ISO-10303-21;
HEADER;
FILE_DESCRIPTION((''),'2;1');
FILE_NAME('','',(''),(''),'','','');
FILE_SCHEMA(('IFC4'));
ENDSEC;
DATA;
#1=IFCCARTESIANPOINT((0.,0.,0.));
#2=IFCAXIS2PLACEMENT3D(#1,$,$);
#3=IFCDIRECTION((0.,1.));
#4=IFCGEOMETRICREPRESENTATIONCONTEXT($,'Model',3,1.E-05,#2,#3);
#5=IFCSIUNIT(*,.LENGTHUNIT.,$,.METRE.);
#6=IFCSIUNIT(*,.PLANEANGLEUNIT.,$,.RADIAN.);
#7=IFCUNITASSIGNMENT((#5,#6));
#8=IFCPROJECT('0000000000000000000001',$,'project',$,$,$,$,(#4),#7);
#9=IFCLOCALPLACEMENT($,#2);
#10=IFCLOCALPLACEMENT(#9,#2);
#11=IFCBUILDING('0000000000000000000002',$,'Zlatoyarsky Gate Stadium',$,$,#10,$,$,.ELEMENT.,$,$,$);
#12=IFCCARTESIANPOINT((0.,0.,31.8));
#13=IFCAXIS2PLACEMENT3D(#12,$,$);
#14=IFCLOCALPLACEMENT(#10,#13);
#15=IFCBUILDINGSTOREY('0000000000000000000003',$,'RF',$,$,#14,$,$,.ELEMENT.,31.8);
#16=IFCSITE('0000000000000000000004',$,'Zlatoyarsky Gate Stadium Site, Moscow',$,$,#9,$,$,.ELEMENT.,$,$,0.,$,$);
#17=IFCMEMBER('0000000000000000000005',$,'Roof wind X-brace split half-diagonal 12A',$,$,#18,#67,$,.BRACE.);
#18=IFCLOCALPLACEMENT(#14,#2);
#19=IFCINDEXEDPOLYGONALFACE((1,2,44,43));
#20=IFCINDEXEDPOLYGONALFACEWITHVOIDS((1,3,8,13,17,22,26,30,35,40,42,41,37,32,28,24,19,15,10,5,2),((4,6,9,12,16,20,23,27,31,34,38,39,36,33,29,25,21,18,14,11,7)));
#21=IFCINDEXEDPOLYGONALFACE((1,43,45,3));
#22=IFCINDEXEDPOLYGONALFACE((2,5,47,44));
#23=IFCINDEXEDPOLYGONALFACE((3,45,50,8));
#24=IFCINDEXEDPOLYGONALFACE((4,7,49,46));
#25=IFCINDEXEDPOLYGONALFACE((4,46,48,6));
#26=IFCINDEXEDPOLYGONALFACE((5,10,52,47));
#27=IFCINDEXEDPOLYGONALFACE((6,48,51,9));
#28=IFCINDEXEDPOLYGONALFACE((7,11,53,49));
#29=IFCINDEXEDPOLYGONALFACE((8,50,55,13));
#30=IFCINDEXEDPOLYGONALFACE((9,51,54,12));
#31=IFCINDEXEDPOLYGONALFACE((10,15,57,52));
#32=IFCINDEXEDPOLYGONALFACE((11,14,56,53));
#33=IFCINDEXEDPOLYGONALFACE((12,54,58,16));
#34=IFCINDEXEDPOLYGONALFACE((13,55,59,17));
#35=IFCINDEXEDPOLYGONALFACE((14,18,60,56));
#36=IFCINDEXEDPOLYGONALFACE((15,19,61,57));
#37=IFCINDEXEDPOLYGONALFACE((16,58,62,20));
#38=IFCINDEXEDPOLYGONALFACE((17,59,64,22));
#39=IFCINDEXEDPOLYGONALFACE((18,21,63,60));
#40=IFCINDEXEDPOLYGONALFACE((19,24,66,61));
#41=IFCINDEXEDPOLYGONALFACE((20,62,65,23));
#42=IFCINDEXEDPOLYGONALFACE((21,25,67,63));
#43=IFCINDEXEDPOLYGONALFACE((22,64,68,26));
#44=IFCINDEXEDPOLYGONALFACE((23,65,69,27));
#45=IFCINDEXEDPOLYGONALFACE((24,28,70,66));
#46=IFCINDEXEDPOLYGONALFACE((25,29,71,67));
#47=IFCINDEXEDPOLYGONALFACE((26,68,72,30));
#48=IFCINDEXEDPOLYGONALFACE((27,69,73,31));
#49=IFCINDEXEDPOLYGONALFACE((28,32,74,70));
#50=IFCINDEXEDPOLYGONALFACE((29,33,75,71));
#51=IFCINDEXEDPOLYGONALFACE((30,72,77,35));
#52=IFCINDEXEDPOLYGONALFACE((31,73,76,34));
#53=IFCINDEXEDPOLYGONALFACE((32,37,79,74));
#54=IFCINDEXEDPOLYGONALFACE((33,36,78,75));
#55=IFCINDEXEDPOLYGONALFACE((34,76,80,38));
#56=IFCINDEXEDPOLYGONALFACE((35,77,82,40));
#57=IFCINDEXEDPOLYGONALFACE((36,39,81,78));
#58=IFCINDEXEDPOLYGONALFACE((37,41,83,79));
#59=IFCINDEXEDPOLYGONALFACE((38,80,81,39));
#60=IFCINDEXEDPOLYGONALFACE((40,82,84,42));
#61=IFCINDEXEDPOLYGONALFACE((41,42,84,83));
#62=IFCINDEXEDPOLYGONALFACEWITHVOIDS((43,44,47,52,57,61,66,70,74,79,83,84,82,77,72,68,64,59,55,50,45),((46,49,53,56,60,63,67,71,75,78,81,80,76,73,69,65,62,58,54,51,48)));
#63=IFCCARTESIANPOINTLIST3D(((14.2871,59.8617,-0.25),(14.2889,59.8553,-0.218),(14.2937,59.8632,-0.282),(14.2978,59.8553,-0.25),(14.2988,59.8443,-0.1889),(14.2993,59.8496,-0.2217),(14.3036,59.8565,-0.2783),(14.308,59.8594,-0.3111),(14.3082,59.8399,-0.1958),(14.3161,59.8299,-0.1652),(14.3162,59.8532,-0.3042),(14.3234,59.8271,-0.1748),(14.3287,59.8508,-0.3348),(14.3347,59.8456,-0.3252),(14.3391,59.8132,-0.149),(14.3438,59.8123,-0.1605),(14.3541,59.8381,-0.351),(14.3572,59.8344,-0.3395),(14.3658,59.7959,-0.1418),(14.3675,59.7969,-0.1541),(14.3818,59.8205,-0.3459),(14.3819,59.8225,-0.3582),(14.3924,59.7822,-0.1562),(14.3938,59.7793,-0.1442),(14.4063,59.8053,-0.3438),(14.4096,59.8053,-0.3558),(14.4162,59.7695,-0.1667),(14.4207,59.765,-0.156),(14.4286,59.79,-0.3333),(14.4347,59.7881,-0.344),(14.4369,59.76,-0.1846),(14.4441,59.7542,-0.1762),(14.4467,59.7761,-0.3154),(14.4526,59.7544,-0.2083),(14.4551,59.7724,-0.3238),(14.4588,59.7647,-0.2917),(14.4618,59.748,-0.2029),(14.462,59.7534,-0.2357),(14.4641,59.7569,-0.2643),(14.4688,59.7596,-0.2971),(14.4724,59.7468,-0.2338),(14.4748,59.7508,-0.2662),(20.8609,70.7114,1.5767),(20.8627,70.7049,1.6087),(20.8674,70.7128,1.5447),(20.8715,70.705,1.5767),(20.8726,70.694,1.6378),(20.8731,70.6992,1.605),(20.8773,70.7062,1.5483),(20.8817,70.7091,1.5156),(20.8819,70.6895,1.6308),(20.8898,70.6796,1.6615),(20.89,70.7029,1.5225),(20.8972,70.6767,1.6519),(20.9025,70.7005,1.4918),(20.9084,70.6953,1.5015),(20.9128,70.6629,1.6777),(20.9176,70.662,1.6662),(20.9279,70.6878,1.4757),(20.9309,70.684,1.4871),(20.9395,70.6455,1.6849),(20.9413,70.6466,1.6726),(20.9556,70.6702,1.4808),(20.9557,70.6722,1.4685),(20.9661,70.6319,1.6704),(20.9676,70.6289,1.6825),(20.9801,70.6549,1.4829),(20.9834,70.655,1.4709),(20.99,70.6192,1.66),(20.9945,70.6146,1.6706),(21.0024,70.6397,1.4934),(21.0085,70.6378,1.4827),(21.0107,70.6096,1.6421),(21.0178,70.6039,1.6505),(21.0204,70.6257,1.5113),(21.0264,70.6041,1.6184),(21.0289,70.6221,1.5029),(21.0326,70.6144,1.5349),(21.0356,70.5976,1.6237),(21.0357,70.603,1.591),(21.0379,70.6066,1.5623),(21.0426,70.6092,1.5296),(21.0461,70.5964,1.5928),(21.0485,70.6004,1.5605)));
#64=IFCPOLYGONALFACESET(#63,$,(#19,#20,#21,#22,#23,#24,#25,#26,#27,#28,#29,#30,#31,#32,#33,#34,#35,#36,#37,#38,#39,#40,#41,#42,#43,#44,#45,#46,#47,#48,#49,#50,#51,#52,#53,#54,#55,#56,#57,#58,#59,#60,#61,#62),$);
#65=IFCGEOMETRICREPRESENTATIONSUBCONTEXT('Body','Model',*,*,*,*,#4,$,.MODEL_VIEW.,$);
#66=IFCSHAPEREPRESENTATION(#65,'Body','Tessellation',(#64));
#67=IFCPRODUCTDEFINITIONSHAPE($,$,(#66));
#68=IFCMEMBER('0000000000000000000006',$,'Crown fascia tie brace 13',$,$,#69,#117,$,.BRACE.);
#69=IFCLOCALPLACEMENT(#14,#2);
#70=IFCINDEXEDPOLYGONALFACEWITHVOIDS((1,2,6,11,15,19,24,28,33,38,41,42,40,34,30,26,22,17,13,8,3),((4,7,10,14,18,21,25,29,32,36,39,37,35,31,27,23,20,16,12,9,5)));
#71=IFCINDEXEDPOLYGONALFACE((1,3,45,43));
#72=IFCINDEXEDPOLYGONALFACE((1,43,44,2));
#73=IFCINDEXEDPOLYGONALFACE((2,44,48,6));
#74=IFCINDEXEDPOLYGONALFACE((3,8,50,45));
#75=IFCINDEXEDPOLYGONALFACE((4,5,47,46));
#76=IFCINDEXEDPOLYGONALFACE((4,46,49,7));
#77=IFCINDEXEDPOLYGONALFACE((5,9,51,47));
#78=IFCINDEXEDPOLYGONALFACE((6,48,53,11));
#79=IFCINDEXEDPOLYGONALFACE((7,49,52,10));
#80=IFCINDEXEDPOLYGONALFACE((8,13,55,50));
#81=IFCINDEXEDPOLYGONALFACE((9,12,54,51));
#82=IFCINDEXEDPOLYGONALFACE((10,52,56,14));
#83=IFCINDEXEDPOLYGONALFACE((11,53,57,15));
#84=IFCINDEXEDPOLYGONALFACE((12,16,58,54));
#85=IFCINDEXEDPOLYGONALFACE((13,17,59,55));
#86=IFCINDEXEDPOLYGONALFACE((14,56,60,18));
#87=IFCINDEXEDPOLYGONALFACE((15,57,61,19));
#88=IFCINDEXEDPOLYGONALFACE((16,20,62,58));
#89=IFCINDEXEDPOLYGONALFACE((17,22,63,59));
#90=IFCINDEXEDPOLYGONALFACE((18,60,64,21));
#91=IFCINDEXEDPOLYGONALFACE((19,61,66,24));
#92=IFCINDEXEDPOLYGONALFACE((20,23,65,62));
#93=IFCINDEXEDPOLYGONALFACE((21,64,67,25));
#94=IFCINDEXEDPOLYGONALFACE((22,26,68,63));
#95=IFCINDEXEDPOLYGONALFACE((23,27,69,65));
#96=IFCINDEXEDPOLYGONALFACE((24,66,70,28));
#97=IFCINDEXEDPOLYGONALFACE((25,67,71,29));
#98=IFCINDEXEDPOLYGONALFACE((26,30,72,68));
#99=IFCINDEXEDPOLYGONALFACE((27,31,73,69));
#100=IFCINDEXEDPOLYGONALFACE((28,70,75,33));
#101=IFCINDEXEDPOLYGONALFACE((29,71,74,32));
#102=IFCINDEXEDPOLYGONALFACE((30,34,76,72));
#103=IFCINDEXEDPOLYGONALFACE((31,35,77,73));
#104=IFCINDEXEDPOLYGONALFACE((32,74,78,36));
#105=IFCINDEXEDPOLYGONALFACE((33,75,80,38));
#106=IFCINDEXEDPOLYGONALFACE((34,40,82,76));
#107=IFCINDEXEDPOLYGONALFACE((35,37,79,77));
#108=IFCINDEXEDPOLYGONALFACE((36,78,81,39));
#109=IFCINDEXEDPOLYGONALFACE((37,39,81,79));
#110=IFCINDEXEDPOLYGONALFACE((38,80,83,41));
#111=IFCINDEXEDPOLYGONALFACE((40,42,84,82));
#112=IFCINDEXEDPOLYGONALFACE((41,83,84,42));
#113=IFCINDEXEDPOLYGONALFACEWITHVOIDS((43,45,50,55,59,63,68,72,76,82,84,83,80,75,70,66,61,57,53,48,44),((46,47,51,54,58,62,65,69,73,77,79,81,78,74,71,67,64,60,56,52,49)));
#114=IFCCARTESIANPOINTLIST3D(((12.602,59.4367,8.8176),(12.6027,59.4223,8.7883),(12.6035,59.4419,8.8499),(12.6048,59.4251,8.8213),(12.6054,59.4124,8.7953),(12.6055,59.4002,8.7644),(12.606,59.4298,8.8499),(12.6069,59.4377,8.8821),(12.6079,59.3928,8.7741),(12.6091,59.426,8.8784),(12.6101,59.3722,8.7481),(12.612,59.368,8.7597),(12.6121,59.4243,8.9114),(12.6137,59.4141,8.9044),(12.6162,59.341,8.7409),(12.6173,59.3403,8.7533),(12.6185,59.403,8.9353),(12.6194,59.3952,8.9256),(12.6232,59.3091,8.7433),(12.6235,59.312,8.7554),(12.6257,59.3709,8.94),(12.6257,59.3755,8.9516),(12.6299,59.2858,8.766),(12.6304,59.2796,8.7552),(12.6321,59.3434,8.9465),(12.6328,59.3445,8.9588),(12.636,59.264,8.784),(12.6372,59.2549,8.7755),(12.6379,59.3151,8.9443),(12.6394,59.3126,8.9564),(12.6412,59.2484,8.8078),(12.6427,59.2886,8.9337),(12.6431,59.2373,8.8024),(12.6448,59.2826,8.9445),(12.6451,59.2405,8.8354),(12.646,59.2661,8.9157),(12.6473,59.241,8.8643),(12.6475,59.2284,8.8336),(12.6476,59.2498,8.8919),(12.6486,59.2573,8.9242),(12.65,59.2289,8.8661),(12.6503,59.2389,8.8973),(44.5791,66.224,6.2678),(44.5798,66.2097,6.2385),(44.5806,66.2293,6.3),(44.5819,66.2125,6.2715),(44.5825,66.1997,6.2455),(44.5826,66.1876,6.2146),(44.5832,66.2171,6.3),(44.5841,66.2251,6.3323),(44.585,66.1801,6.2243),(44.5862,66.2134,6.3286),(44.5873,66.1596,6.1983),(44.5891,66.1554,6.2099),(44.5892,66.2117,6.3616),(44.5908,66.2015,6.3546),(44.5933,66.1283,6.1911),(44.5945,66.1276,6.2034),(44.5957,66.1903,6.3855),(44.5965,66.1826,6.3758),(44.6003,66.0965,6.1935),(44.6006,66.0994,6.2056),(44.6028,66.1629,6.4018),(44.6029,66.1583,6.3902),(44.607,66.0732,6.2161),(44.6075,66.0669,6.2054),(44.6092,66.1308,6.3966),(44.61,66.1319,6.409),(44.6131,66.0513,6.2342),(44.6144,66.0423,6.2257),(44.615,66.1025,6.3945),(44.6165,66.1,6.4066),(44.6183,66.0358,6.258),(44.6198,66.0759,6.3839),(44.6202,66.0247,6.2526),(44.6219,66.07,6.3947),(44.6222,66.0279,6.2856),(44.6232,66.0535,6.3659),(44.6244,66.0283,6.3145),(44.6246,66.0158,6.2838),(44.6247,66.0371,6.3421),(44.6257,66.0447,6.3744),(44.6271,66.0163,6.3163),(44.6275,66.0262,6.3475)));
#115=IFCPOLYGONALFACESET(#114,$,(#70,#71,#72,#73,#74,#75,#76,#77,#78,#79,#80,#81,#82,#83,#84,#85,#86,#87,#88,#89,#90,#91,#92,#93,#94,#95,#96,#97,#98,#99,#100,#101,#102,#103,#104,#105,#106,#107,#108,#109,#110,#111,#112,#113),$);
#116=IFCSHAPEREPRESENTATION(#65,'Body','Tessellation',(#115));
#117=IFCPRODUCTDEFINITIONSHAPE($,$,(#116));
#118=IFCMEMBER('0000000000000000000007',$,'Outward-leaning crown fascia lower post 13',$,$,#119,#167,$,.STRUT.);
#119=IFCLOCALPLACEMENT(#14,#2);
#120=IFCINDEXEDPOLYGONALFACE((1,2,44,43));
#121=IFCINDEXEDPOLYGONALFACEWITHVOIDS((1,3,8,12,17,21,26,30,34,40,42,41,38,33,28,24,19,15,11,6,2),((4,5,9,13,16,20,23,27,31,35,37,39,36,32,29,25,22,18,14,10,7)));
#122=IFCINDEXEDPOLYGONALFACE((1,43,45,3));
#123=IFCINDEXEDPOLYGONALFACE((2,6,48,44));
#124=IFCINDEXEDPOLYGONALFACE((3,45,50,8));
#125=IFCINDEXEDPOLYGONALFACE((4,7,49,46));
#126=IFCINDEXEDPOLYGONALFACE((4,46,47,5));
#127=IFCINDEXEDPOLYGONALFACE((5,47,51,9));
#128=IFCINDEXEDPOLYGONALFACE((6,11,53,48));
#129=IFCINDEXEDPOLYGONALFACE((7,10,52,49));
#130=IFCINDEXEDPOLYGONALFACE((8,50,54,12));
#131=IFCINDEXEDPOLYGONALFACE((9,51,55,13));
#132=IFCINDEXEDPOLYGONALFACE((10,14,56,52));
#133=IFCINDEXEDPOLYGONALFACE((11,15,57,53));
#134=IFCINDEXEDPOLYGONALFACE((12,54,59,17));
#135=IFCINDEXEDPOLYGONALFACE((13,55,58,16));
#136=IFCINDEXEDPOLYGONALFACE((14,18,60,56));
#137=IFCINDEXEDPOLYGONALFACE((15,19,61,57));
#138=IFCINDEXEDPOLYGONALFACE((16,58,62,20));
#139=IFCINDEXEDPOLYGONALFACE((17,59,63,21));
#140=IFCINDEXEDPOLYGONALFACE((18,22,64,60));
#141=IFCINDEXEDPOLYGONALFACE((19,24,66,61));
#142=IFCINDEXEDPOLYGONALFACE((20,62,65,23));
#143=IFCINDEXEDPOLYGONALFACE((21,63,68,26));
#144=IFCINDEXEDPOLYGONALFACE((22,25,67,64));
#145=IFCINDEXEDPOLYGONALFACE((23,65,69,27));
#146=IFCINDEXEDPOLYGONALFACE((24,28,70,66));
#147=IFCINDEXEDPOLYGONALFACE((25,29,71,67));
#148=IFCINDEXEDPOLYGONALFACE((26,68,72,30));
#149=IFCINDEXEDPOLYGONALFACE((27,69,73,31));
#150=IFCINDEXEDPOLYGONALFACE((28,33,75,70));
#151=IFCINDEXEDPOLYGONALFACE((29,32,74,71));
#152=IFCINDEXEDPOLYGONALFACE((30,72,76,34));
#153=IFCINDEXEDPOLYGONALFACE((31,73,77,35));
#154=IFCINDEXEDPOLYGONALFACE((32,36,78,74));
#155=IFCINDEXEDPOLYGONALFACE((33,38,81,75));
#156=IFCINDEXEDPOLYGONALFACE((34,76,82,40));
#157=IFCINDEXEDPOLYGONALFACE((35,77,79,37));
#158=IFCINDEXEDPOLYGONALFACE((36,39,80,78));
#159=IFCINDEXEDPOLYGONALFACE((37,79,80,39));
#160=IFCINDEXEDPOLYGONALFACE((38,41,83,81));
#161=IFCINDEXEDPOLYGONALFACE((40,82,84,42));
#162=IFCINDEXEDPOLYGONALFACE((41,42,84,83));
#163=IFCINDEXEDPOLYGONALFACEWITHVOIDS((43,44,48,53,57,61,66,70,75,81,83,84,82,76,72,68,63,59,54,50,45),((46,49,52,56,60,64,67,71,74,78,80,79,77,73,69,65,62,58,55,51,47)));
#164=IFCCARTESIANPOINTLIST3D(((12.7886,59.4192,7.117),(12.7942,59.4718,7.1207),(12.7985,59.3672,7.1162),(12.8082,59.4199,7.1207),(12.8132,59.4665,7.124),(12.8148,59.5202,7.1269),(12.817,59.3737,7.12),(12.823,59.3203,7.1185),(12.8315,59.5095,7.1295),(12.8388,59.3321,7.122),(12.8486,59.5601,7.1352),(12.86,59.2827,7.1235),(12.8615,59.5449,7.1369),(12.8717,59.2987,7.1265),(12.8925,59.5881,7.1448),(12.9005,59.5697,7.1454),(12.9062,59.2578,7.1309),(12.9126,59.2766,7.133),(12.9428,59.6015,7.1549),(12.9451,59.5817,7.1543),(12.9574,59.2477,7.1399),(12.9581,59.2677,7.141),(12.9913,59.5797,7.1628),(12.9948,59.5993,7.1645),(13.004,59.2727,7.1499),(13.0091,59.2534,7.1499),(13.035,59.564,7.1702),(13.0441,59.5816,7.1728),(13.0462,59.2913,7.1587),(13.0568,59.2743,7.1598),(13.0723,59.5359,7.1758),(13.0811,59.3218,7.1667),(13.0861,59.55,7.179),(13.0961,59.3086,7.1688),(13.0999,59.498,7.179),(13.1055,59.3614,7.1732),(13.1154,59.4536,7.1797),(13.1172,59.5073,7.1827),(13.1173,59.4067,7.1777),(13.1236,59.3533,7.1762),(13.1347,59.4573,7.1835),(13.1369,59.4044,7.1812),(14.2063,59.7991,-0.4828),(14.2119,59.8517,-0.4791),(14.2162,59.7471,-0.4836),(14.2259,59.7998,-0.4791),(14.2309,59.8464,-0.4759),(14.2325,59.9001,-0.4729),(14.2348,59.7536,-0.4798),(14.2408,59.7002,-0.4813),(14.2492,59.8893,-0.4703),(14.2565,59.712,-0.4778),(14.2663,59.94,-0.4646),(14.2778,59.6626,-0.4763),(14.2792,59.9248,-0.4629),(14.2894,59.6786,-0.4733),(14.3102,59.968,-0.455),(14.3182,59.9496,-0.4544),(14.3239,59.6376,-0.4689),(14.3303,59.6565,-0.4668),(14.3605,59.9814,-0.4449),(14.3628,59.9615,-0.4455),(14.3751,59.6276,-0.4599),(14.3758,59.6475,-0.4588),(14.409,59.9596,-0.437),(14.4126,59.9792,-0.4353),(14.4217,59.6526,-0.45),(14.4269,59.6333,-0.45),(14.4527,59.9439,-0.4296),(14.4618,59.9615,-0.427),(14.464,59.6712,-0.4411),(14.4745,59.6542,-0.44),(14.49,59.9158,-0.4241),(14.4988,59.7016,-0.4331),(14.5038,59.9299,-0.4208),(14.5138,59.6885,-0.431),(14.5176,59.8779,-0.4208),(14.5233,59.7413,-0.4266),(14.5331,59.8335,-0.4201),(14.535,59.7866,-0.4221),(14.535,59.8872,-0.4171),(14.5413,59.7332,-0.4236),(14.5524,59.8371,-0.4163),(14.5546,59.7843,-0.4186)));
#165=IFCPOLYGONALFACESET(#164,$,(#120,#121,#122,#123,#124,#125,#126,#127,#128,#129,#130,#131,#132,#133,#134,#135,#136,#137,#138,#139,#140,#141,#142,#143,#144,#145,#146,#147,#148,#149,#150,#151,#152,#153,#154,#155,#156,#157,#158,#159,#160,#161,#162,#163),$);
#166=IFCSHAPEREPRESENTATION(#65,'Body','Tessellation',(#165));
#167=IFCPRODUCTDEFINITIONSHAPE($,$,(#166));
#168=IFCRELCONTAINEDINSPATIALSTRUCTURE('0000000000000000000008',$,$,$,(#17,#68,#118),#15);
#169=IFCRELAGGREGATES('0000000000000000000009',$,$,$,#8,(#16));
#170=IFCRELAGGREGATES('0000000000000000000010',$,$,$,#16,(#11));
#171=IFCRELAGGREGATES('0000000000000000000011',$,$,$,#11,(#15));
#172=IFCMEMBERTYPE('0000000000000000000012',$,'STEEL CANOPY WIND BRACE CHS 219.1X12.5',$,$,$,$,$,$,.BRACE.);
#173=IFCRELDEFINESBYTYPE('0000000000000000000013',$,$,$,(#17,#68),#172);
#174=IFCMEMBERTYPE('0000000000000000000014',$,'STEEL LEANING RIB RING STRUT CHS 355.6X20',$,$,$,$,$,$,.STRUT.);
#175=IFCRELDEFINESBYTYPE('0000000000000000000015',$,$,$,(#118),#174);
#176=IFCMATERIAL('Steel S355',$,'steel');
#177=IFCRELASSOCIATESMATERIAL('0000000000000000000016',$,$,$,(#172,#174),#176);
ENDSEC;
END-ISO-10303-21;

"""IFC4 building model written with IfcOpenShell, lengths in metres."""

from ifc_helpers import new_model, si_unit, direction, frame, origin, origin_2d, place, context, subcontext, project, spatial, hollow_circle, extrude, material, material_profile, profile_set, type_object, element, save


model = new_model("IFC4")

# Units and contexts
model_context = context("Model", 3, precision=1e-05, world=origin(), true_north=direction((0.0, 1.0)))
body_context = subcontext(model_context, "Body", "Model", "MODEL_VIEW")
ifc_project = project(units=[si_unit("LENGTHUNIT", "METRE"), si_unit("PLANEANGLEUNIT", "RADIAN")], contexts=[model_context])

# Site, building, storey
site_placement = place(None, origin())
site = spatial("IfcSite", under=ifc_project, at=site_placement, Name="Zlatoyarsky Gate Stadium Site, Moscow", CompositionType="ELEMENT", RefElevation=0.0)
building_placement = place(site_placement, origin())
building = spatial("IfcBuilding", under=site, at=building_placement, Name="Zlatoyarsky Gate Stadium", CompositionType="ELEMENT")
storey_placement = place(building_placement, frame((0.0, 0.0, 31.8)))
storey = spatial("IfcBuildingStorey", under=building, at=storey_placement, Name="RF", CompositionType="ELEMENT", Elevation=31.8)

# Members
ifc_material_1 = material(Name="Steel S355", Category="steel")
ifc_material_profile_1 = material_profile(ifc_material_1, hollow_circle(Radius=0.1096, WallThickness=0.0125, at=origin_2d()), Name="CHS 219.1X12.5")
ifc_profile_set_1 = profile_set([ifc_material_profile_1], Name="Steel S355")
member_type_1 = type_object("IfcMemberType", Name="STEEL CANOPY WIND BRACE CHS 219.1X12.5", PredefinedType="BRACE", material=ifc_profile_set_1)
member_1_placement = place(storey_placement, frame((14.3809, 59.8049, -0.25), z_axis=(0.512908, 0.846529, 0.142523), x_axis=(-0.85526, 0.518198, 0.0)))
element("IfcMember", 1, at=member_1_placement, inside=storey, type_object=member_type_1, Name="Roof wind X-brace split half-diagonal 12A", PredefinedType="BRACE", context=body_context, shape_type="SweptSolid", body=[
    extrude(hollow_circle(Radius=0.1096, WallThickness=0.0125, at=origin_2d()), origin(), (0.0, 0.0, 1.0), 12.8167),
])
member_2_placement = place(storey_placement, frame((12.6262, 59.3347, 8.8499), z_axis=(0.975245, 0.207003, -0.077765), x_axis=(-0.207631, 0.978207, 0.0)))
element("IfcMember", 2, at=member_2_placement, inside=storey, type_object=member_type_1, Name="Crown fascia tie brace 13", PredefinedType="BRACE", context=body_context, shape_type="SweptSolid", body=[
    extrude(hollow_circle(Radius=0.1096, WallThickness=0.0125, at=origin_2d()), origin(), (0.0, 0.0, 1.0), 32.7888),
])
ifc_material_profile_2 = material_profile(ifc_material_1, hollow_circle(Radius=0.1777, WallThickness=0.02, at=origin_2d()), Name="CHS 355.6X20")
ifc_profile_set_2 = profile_set([ifc_material_profile_2], Name="Steel S355")
member_type_2 = type_object("IfcMemberType", Name="STEEL LEANING RIB RING STRUT CHS 355.6X20", PredefinedType="STRUT", material=ifc_profile_set_2)
member_3_placement = place(storey_placement, frame((14.3809, 59.8049, -0.45), z_axis=(-0.183162, -0.049079, 0.981857), x_axis=(0.258822, -0.965925, 0.0)))
element("IfcMember", 3, at=member_3_placement, inside=storey, type_object=member_type_2, Name="Outward-leaning crown fascia lower post 13", PredefinedType="STRUT", context=body_context, shape_type="SweptSolid", body=[
    extrude(hollow_circle(Radius=0.1777, WallThickness=0.02, at=origin_2d()), origin(), (0.0, 0.0, 1.0), 7.7402),
])

save(model, "model.ifc")
